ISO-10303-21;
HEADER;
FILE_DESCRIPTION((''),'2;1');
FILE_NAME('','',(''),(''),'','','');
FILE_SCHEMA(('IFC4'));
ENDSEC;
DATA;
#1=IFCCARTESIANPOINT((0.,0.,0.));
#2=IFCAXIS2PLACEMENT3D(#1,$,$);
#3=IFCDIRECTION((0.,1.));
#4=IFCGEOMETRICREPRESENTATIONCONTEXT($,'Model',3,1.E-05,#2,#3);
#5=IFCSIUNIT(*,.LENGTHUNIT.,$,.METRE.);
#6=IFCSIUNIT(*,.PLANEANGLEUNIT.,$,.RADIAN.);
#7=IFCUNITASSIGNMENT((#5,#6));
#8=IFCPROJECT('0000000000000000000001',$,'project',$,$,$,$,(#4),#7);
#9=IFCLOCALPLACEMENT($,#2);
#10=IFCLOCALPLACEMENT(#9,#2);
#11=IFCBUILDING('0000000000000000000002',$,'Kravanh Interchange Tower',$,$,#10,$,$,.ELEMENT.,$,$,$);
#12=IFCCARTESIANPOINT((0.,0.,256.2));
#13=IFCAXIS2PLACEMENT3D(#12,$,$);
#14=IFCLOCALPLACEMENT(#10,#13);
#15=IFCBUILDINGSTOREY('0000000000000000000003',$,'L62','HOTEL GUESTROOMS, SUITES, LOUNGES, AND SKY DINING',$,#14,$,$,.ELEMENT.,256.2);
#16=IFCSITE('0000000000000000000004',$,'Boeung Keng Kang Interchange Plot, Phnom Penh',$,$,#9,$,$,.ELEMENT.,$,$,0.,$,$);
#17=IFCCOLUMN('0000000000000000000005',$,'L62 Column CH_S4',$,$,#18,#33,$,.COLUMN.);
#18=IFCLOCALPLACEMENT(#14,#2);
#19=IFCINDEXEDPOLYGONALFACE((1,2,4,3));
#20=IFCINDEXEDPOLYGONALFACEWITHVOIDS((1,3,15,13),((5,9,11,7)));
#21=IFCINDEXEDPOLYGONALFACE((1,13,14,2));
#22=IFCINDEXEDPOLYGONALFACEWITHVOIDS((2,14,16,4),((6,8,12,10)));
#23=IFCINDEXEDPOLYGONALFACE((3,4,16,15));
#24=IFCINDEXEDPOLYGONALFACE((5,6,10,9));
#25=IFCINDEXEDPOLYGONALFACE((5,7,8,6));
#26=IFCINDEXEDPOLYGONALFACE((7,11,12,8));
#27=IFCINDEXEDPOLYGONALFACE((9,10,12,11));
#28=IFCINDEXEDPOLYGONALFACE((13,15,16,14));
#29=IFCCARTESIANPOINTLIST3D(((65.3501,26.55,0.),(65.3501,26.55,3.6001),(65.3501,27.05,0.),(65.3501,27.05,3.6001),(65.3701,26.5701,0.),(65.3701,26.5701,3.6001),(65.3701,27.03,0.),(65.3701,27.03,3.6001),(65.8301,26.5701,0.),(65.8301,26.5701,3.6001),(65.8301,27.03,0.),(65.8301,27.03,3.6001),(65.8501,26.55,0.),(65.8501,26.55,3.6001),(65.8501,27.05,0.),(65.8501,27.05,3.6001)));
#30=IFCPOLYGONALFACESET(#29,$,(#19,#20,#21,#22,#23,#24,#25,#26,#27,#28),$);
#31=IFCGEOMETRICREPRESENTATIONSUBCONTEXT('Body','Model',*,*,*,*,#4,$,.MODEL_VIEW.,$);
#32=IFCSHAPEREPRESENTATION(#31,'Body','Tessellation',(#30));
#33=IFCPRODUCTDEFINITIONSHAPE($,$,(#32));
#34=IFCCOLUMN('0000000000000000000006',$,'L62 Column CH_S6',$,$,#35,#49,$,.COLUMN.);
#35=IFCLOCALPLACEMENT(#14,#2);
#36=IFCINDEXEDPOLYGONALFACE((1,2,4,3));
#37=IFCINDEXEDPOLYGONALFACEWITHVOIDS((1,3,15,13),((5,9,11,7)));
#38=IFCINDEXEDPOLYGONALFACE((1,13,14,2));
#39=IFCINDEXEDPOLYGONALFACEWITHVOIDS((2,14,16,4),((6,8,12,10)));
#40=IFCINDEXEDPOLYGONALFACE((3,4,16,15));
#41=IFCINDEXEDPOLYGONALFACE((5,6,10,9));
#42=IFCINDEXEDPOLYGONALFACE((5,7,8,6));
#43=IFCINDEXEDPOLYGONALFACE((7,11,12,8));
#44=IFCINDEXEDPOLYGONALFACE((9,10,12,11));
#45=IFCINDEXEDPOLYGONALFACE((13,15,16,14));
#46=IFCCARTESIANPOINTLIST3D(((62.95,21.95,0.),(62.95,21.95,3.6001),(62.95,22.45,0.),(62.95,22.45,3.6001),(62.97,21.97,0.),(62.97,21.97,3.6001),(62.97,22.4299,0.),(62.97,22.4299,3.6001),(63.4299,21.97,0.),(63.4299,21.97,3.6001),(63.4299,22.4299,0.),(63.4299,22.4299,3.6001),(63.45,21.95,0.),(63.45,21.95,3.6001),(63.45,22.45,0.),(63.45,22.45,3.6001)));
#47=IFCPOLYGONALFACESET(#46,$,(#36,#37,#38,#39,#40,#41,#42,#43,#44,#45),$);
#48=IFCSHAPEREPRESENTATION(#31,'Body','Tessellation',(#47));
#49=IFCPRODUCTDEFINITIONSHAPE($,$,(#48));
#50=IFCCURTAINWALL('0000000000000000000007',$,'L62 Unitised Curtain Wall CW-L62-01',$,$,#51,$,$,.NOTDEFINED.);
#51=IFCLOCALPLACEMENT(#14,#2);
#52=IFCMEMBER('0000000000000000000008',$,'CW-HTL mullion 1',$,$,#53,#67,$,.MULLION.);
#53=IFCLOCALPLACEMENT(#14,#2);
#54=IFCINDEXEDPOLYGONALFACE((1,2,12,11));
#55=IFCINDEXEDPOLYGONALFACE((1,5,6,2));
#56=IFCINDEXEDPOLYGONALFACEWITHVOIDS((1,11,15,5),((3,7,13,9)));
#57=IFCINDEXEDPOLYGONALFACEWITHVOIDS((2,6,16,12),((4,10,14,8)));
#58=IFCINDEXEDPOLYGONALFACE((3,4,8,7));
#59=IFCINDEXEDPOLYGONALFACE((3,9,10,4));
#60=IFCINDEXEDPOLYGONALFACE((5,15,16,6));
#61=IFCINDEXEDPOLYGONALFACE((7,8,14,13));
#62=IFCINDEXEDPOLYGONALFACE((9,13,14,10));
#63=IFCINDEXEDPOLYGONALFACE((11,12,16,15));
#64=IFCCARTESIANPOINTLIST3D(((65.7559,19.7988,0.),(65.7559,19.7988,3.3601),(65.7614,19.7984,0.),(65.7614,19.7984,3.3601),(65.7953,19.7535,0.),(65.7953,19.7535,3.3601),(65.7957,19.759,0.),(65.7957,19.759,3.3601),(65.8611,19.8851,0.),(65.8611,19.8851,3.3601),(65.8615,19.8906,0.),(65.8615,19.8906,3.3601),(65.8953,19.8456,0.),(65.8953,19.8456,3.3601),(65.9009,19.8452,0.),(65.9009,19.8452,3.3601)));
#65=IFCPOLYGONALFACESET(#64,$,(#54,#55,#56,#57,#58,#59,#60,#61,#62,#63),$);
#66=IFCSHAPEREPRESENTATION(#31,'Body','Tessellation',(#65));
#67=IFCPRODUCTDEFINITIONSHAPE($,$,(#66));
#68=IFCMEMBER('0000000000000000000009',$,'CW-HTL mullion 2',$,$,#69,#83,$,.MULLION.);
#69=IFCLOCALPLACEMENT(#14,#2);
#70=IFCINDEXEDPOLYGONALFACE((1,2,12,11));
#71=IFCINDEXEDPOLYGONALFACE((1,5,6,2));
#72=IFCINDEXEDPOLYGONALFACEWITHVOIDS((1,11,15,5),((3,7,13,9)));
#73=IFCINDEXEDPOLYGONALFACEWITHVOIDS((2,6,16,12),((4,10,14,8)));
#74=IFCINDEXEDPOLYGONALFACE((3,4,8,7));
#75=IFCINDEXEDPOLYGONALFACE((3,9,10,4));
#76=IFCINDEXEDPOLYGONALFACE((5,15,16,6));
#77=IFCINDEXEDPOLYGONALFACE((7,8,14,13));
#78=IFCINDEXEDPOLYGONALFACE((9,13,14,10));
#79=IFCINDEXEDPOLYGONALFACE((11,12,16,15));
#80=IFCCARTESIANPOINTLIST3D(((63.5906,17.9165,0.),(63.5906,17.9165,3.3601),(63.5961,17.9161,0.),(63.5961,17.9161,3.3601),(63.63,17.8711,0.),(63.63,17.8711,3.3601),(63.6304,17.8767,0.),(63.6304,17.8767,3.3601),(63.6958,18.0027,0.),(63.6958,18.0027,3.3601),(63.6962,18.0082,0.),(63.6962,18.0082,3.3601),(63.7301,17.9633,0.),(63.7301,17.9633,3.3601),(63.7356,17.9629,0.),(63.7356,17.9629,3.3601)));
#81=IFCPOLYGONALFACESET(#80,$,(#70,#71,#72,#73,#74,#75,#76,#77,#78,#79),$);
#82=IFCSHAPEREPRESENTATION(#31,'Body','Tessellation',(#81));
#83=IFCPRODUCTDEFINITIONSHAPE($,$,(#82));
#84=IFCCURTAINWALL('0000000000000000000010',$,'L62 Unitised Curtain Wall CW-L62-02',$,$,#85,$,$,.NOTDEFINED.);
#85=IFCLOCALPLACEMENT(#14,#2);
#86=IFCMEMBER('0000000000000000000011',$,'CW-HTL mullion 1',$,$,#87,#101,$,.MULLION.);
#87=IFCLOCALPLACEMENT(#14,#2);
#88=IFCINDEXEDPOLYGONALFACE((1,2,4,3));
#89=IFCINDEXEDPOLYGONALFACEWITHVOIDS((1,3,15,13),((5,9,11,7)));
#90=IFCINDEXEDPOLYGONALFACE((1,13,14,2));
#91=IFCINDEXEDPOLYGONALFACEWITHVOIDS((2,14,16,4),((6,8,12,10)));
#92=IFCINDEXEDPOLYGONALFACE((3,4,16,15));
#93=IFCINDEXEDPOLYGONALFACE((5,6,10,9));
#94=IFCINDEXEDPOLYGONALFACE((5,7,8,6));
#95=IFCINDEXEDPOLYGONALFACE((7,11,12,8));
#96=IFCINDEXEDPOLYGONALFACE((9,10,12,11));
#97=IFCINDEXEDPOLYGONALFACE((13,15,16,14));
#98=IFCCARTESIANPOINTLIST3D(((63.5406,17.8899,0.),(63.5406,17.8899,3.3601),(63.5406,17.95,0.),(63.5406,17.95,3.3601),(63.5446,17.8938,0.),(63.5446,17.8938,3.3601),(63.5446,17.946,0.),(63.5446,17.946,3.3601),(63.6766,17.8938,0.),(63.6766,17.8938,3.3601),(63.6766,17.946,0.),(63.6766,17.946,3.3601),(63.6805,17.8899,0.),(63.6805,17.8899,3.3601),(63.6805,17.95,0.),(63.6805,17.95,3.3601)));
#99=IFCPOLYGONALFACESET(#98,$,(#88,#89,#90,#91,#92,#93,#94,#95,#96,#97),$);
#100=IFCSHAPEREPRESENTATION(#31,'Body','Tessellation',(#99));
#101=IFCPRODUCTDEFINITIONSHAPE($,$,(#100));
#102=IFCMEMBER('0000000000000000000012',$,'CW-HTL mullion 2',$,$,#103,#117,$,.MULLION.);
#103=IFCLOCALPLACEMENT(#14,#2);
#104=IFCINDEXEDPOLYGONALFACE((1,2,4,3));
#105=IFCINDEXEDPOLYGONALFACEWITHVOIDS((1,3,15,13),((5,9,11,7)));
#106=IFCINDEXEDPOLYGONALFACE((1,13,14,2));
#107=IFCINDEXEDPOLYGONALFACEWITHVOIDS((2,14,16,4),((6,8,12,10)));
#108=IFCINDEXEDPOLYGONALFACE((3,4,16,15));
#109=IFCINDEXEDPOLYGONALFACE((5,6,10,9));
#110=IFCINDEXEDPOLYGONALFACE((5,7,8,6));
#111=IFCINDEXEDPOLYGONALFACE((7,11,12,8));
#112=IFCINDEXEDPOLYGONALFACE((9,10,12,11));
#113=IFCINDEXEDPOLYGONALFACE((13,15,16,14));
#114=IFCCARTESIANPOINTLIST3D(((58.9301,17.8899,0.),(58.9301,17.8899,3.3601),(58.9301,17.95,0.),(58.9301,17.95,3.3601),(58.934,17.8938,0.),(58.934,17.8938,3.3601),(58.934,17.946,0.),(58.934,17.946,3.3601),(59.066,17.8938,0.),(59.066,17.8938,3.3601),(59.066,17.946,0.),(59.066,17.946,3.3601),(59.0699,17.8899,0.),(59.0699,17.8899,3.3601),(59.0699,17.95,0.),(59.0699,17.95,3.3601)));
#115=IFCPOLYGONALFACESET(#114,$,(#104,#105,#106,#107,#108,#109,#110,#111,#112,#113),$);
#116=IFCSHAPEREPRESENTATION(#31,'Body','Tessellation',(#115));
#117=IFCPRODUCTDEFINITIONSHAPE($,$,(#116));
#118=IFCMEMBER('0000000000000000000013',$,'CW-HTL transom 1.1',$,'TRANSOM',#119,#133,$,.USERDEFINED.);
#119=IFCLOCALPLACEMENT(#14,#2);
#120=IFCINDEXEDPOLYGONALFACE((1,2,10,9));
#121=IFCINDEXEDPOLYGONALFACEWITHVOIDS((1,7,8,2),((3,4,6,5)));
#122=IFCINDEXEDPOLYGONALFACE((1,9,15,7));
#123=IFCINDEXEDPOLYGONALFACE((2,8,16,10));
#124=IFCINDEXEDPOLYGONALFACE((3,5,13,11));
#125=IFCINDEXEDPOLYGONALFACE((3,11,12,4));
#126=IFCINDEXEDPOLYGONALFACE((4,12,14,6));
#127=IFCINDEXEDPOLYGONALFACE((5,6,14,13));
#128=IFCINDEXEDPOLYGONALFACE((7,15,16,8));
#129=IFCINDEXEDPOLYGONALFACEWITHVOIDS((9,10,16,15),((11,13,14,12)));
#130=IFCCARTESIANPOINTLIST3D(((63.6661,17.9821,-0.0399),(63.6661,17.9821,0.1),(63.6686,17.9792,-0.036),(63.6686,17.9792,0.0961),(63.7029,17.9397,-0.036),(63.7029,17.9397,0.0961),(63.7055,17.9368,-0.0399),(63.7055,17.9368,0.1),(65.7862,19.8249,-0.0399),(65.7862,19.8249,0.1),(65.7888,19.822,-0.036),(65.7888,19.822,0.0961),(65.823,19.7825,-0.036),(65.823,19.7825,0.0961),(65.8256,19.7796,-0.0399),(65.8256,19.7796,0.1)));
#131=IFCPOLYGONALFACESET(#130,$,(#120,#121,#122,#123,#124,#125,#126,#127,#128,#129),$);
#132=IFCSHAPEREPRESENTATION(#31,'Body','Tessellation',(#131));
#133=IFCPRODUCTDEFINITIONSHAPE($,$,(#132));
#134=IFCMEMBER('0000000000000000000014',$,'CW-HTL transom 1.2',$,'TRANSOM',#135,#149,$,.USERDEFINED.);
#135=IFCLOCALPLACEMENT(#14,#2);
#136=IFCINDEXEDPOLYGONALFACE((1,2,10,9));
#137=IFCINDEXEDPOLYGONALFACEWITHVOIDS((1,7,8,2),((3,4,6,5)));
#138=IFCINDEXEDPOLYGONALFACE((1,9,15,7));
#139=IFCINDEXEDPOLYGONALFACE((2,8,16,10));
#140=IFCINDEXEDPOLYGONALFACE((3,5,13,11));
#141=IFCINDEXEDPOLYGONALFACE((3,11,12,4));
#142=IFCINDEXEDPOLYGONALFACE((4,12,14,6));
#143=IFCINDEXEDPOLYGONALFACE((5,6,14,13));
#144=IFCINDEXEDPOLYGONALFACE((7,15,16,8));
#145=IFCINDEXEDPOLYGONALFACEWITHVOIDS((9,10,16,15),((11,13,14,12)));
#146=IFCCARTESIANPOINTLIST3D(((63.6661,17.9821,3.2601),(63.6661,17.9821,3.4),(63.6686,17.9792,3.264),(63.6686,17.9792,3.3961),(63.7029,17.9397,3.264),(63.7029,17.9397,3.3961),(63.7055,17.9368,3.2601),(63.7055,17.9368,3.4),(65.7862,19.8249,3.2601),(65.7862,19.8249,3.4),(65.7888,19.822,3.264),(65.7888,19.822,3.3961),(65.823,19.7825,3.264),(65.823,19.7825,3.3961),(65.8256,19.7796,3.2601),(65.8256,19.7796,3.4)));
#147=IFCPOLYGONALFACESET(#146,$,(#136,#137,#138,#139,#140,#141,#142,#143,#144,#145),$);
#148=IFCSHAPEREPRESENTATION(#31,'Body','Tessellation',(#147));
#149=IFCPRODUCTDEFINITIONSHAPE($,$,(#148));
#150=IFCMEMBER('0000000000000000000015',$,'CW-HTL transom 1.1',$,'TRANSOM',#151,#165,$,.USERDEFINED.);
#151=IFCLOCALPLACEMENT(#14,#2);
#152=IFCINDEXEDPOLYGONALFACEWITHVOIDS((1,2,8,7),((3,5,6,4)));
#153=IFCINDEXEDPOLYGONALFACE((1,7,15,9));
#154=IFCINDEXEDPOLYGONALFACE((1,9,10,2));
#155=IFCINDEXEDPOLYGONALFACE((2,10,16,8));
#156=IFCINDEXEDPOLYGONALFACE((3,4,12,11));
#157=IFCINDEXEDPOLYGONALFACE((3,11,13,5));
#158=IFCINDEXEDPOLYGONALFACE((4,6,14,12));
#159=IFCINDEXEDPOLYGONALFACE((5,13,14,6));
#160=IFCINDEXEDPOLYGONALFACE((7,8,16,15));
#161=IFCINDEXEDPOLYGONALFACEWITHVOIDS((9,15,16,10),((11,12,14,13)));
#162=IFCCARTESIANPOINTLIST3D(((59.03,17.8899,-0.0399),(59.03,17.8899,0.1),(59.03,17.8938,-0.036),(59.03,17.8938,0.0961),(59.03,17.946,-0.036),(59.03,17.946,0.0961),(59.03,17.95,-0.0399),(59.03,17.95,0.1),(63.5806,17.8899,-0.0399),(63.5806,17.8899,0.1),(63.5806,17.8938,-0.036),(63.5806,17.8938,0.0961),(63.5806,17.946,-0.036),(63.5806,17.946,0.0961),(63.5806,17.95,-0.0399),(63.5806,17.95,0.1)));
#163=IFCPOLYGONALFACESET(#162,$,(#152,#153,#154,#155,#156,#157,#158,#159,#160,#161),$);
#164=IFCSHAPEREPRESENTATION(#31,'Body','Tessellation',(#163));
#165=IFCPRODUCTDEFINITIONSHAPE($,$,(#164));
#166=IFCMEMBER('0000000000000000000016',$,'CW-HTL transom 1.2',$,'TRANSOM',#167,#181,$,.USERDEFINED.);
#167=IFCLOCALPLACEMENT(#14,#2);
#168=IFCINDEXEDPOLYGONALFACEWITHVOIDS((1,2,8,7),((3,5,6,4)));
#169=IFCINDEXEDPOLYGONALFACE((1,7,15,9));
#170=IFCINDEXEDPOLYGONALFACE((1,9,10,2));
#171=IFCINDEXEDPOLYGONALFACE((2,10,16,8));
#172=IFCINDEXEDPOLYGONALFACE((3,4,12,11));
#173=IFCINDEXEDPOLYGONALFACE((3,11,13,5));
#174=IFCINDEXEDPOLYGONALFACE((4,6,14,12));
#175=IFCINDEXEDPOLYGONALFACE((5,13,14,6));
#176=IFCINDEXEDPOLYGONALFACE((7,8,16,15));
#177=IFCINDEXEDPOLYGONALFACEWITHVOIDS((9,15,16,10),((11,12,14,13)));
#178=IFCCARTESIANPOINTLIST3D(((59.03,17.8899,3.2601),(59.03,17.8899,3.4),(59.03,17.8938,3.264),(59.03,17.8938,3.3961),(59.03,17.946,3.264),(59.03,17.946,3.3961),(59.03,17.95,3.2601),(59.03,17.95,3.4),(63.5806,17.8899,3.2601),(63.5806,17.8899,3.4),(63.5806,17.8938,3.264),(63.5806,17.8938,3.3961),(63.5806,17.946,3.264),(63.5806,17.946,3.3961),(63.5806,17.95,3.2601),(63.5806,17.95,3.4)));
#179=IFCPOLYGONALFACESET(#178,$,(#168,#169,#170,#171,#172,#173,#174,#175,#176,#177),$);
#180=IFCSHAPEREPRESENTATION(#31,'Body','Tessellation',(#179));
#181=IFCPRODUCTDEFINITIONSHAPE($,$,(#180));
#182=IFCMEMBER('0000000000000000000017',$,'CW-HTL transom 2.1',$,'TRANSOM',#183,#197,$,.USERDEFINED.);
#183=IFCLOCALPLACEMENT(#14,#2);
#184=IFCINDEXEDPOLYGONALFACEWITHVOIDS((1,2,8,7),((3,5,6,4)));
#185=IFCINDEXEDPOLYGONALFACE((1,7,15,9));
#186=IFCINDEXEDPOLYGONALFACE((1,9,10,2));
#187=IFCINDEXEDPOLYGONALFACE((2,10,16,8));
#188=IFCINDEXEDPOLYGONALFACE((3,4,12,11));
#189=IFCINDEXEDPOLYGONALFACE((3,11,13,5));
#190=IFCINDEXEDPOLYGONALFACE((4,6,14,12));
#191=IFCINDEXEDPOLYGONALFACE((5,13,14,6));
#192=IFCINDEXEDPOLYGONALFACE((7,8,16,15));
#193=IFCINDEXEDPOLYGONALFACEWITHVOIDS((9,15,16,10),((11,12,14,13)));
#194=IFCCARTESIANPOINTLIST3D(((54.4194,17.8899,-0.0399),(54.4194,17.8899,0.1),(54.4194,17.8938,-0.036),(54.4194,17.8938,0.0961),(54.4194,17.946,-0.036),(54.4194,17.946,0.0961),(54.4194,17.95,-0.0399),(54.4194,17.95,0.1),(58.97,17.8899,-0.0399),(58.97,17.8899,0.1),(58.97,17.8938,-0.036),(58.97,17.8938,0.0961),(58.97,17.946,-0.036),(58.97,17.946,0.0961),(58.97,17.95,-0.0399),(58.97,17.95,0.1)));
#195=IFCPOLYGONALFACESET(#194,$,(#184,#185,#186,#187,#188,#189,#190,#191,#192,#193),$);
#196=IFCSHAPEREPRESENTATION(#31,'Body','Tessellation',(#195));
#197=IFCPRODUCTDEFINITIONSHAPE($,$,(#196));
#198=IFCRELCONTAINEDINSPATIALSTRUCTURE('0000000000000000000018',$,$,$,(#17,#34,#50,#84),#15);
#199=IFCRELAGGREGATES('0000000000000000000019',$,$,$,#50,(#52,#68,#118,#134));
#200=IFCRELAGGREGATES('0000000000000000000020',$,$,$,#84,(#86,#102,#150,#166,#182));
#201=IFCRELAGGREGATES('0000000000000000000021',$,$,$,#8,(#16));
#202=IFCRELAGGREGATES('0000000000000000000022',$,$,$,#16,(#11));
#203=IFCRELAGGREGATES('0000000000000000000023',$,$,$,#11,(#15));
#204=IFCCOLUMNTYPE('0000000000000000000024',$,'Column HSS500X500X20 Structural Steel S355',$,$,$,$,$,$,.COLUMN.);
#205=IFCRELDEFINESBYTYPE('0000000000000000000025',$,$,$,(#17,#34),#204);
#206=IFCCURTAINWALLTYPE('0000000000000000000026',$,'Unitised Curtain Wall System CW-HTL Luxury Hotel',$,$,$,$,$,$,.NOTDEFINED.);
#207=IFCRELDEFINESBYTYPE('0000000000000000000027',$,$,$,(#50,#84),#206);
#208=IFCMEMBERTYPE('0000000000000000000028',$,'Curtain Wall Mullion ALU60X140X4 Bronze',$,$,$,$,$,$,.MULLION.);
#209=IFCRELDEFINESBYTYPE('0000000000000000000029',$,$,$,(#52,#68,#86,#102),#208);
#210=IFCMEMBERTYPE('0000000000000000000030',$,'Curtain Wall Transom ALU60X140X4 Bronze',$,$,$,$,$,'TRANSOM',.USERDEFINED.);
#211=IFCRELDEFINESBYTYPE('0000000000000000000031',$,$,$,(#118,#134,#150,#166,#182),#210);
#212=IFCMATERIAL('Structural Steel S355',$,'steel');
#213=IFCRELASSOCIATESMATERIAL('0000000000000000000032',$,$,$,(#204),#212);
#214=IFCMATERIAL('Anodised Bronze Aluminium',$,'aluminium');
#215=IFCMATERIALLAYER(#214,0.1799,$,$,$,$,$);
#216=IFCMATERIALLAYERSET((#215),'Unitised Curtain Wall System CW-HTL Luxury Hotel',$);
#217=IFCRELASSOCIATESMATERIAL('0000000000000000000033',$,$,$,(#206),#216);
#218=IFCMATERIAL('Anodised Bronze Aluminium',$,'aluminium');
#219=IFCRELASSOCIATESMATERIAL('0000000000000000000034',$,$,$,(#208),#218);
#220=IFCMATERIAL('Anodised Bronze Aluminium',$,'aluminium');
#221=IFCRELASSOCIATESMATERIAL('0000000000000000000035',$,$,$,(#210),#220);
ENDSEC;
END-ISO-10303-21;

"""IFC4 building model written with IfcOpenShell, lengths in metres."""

from ifc_helpers import new_model, si_unit, direction, frame, origin, origin_2d, place, context, subcontext, project, spatial, hollow_rectangle, extrude, material, layer, layer_set, material_profile, profile_set, type_object, element, aggregate, save


model = new_model("IFC4")

# Units and contexts
model_context = context("Model", 3, precision=1e-05, world=origin(), true_north=direction((0.0, 1.0)))
body_context = subcontext(model_context, "Body", "Model", "MODEL_VIEW")
ifc_project = project(units=[si_unit("LENGTHUNIT", "METRE"), si_unit("PLANEANGLEUNIT", "RADIAN")], contexts=[model_context])

# Site, building, storey
site_placement = place(None, origin())
site = spatial("IfcSite", under=ifc_project, at=site_placement, Name="Boeung Keng Kang Interchange Plot, Phnom Penh", CompositionType="ELEMENT", RefElevation=0.0)
building_placement = place(site_placement, origin())
building = spatial("IfcBuilding", under=site, at=building_placement, Name="Kravanh Interchange Tower", CompositionType="ELEMENT")
storey_placement = place(building_placement, frame((0.0, 0.0, 256.2)))
storey = spatial("IfcBuildingStorey", under=building, at=storey_placement, Name="L62", Description="HOTEL GUESTROOMS, SUITES, LOUNGES, AND SKY DINING", CompositionType="ELEMENT", Elevation=256.2)

# Columns
ifc_material_1 = material(Name="Structural Steel S355", Category="steel")
ifc_material_profile_1 = material_profile(ifc_material_1, hollow_rectangle(XDim=0.5, YDim=0.5, WallThickness=0.02, at=origin_2d()), Name="HSS500X500X20")
ifc_profile_set_1 = profile_set([ifc_material_profile_1], Name="Structural Steel S355")
column_type = type_object("IfcColumnType", Name="Column HSS500X500X20 Structural Steel S355", PredefinedType="COLUMN", material=ifc_profile_set_1)
for number, where, z_axis, x_axis, name in (
    (1, (65.6001, 26.8, 0.0), (0.0, 0.0, 1.0), (1.0, 0.0, 0.0), "L62 Column CH_S4"),
    (2, (63.2, 22.2, 0.0), (0.0, 0.0, 1.0), (1.0, 0.0, 0.0), "L62 Column CH_S6"),
):
    element("IfcColumn", number, at=place(storey_placement, frame(where, z_axis=z_axis, x_axis=x_axis)), inside=storey, type_object=column_type, Name=name, PredefinedType="COLUMN", context=body_context, shape_type="SweptSolid", body=[
        extrude(hollow_rectangle(XDim=0.5, YDim=0.5, WallThickness=0.02, at=origin_2d()), origin(), (0.0, 0.0, 1.0), 3.6001),
    ])

# Curtain walls, members
ifc_material_2 = material(Name="Anodised Bronze Aluminium", Category="aluminium")
ifc_layer_1 = layer(ifc_material_2, 0.1799)
ifc_layer_set_1 = layer_set([ifc_layer_1], Name="Unitised Curtain Wall System CW-HTL Luxury Hotel")
curtain_wall_type = type_object("IfcCurtainWallType", Name="Unitised Curtain Wall System CW-HTL Luxury Hotel", PredefinedType="NOTDEFINED", material=ifc_layer_set_1)
curtain_wall_1_placement = place(storey_placement, origin())
curtain_wall_1 = element("IfcCurtainWall", 3, at=curtain_wall_1_placement, inside=storey, type_object=curtain_wall_type, Name="L62 Unitised Curtain Wall CW-L62-01", PredefinedType="NOTDEFINED")
ifc_material_3 = material(Name="Anodised Bronze Aluminium", Category="aluminium")
ifc_material_profile_2 = material_profile(ifc_material_3, hollow_rectangle(XDim=0.0601, YDim=0.1399, WallThickness=0.0039, at=origin_2d()), Name="ALU60X140X4")
ifc_profile_set_2 = profile_set([ifc_material_profile_2], Name="Anodised Bronze Aluminium")
member_type_1 = type_object("IfcMemberType", Name="Curtain Wall Mullion ALU60X140X4 Bronze", PredefinedType="MULLION", material=ifc_profile_set_2)
member_1_placement = place(storey_placement, frame((65.8284, 19.822, 0.0), z_axis=(0.0, 0.0, 1.0), x_axis=(0.65605, -0.754717, 0.0)))
member_1 = element("IfcMember", 4, at=member_1_placement, type_object=member_type_1, Name="CW-HTL mullion 1", PredefinedType="MULLION", context=body_context, shape_type="SweptSolid", body=[
    extrude(hollow_rectangle(XDim=0.0601, YDim=0.1399, WallThickness=0.0039, at=origin_2d()), origin(), (0.0, 0.0, 1.0), 3.3601),
])
member_2_placement = place(storey_placement, frame((63.6631, 17.9397, 0.0), z_axis=(0.0, 0.0, 1.0), x_axis=(0.65605, -0.754717, 0.0)))
member_2 = element("IfcMember", 5, at=member_2_placement, type_object=member_type_1, Name="CW-HTL mullion 2", PredefinedType="MULLION", context=body_context, shape_type="SweptSolid", body=[
    extrude(hollow_rectangle(XDim=0.0601, YDim=0.1399, WallThickness=0.0039, at=origin_2d()), origin(), (0.0, 0.0, 1.0), 3.3601),
])
curtain_wall_2_placement = place(storey_placement, origin())
curtain_wall_2 = element("IfcCurtainWall", 6, at=curtain_wall_2_placement, inside=storey, type_object=curtain_wall_type, Name="L62 Unitised Curtain Wall CW-L62-02", PredefinedType="NOTDEFINED")
member_3_placement = place(storey_placement, frame((63.6106, 17.9199, 0.0), z_axis=(0.0, 0.0, 1.0), x_axis=(0.0, -1.0, 0.0)))
member_3 = element("IfcMember", 7, at=member_3_placement, type_object=member_type_1, Name="CW-HTL mullion 1", PredefinedType="MULLION", context=body_context, shape_type="SweptSolid", body=[
    extrude(hollow_rectangle(XDim=0.0601, YDim=0.1399, WallThickness=0.0039, at=origin_2d()), origin(), (0.0, 0.0, 1.0), 3.3601),
])
member_4_placement = place(storey_placement, frame((59.0, 17.9199, 0.0), z_axis=(0.0, 0.0, 1.0), x_axis=(0.0, -1.0, 0.0)))
member_4 = element("IfcMember", 8, at=member_4_placement, type_object=member_type_1, Name="CW-HTL mullion 2", PredefinedType="MULLION", context=body_context, shape_type="SweptSolid", body=[
    extrude(hollow_rectangle(XDim=0.0601, YDim=0.1399, WallThickness=0.0039, at=origin_2d()), origin(), (0.0, 0.0, 1.0), 3.3601),
])

# Members
ifc_material_4 = material(Name="Anodised Bronze Aluminium", Category="aluminium")
ifc_material_profile_3 = material_profile(ifc_material_4, hollow_rectangle(XDim=0.0601, YDim=0.1399, WallThickness=0.0039, at=origin_2d()), Name="ALU60X140X4")
ifc_profile_set_3 = profile_set([ifc_material_profile_3], Name="Anodised Bronze Aluminium")
member_type_2 = type_object("IfcMemberType", Name="Curtain Wall Transom ALU60X140X4 Bronze", ElementType="TRANSOM", PredefinedType="USERDEFINED", material=ifc_profile_set_3)
member_5_placement = place(storey_placement, frame((65.8059, 19.8022, 0.03), z_axis=(-0.754748, -0.656015, 0.0), x_axis=(0.656015, -0.754748, 0.0)))
member_5 = element("IfcMember", 9, at=member_5_placement, type_object=member_type_2, Name="CW-HTL transom 1.1", ObjectType="TRANSOM", PredefinedType="USERDEFINED", context=body_context, shape_type="SweptSolid", body=[
    extrude(hollow_rectangle(XDim=0.0601, YDim=0.1399, WallThickness=0.0039, at=origin_2d()), origin(), (0.0, 0.0, 1.0), 2.8091),
])
member_6_placement = place(storey_placement, frame((65.8059, 19.8022, 3.3301), z_axis=(-0.754748, -0.656015, 0.0), x_axis=(0.656015, -0.754748, 0.0)))
member_6 = element("IfcMember", 10, at=member_6_placement, type_object=member_type_2, Name="CW-HTL transom 1.2", ObjectType="TRANSOM", PredefinedType="USERDEFINED", context=body_context, shape_type="SweptSolid", body=[
    extrude(hollow_rectangle(XDim=0.0601, YDim=0.1399, WallThickness=0.0039, at=origin_2d()), origin(), (0.0, 0.0, 1.0), 2.8091),
])
member_7_placement = place(storey_placement, frame((63.5806, 17.9199, 0.03), z_axis=(-1.0, 0.0, 0.0), x_axis=(0.0, -1.0, 0.0)))
member_7 = element("IfcMember", 11, at=member_7_placement, type_object=member_type_2, Name="CW-HTL transom 1.1", ObjectType="TRANSOM", PredefinedType="USERDEFINED", context=body_context, shape_type="SweptSolid", body=[
    extrude(hollow_rectangle(XDim=0.0601, YDim=0.1399, WallThickness=0.0039, at=origin_2d()), origin(), (0.0, 0.0, 1.0), 4.5505),
])
member_8_placement = place(storey_placement, frame((63.5806, 17.9199, 3.3301), z_axis=(-1.0, 0.0, 0.0), x_axis=(0.0, -1.0, 0.0)))
member_8 = element("IfcMember", 12, at=member_8_placement, type_object=member_type_2, Name="CW-HTL transom 1.2", ObjectType="TRANSOM", PredefinedType="USERDEFINED", context=body_context, shape_type="SweptSolid", body=[
    extrude(hollow_rectangle(XDim=0.0601, YDim=0.1399, WallThickness=0.0039, at=origin_2d()), origin(), (0.0, 0.0, 1.0), 4.5505),
])
member_9_placement = place(storey_placement, frame((58.97, 17.9199, 0.03), z_axis=(-1.0, 0.0, 0.0), x_axis=(0.0, -1.0, 0.0)))
member_9 = element("IfcMember", 13, at=member_9_placement, type_object=member_type_2, Name="CW-HTL transom 2.1", ObjectType="TRANSOM", PredefinedType="USERDEFINED", context=body_context, shape_type="SweptSolid", body=[
    extrude(hollow_rectangle(XDim=0.0601, YDim=0.1399, WallThickness=0.0039, at=origin_2d()), origin(), (0.0, 0.0, 1.0), 4.5505),
])

aggregate(curtain_wall_1, [member_1, member_2, member_5, member_6])
aggregate(curtain_wall_2, [member_3, member_4, member_7, member_8, member_9])

save(model, "model.ifc")
